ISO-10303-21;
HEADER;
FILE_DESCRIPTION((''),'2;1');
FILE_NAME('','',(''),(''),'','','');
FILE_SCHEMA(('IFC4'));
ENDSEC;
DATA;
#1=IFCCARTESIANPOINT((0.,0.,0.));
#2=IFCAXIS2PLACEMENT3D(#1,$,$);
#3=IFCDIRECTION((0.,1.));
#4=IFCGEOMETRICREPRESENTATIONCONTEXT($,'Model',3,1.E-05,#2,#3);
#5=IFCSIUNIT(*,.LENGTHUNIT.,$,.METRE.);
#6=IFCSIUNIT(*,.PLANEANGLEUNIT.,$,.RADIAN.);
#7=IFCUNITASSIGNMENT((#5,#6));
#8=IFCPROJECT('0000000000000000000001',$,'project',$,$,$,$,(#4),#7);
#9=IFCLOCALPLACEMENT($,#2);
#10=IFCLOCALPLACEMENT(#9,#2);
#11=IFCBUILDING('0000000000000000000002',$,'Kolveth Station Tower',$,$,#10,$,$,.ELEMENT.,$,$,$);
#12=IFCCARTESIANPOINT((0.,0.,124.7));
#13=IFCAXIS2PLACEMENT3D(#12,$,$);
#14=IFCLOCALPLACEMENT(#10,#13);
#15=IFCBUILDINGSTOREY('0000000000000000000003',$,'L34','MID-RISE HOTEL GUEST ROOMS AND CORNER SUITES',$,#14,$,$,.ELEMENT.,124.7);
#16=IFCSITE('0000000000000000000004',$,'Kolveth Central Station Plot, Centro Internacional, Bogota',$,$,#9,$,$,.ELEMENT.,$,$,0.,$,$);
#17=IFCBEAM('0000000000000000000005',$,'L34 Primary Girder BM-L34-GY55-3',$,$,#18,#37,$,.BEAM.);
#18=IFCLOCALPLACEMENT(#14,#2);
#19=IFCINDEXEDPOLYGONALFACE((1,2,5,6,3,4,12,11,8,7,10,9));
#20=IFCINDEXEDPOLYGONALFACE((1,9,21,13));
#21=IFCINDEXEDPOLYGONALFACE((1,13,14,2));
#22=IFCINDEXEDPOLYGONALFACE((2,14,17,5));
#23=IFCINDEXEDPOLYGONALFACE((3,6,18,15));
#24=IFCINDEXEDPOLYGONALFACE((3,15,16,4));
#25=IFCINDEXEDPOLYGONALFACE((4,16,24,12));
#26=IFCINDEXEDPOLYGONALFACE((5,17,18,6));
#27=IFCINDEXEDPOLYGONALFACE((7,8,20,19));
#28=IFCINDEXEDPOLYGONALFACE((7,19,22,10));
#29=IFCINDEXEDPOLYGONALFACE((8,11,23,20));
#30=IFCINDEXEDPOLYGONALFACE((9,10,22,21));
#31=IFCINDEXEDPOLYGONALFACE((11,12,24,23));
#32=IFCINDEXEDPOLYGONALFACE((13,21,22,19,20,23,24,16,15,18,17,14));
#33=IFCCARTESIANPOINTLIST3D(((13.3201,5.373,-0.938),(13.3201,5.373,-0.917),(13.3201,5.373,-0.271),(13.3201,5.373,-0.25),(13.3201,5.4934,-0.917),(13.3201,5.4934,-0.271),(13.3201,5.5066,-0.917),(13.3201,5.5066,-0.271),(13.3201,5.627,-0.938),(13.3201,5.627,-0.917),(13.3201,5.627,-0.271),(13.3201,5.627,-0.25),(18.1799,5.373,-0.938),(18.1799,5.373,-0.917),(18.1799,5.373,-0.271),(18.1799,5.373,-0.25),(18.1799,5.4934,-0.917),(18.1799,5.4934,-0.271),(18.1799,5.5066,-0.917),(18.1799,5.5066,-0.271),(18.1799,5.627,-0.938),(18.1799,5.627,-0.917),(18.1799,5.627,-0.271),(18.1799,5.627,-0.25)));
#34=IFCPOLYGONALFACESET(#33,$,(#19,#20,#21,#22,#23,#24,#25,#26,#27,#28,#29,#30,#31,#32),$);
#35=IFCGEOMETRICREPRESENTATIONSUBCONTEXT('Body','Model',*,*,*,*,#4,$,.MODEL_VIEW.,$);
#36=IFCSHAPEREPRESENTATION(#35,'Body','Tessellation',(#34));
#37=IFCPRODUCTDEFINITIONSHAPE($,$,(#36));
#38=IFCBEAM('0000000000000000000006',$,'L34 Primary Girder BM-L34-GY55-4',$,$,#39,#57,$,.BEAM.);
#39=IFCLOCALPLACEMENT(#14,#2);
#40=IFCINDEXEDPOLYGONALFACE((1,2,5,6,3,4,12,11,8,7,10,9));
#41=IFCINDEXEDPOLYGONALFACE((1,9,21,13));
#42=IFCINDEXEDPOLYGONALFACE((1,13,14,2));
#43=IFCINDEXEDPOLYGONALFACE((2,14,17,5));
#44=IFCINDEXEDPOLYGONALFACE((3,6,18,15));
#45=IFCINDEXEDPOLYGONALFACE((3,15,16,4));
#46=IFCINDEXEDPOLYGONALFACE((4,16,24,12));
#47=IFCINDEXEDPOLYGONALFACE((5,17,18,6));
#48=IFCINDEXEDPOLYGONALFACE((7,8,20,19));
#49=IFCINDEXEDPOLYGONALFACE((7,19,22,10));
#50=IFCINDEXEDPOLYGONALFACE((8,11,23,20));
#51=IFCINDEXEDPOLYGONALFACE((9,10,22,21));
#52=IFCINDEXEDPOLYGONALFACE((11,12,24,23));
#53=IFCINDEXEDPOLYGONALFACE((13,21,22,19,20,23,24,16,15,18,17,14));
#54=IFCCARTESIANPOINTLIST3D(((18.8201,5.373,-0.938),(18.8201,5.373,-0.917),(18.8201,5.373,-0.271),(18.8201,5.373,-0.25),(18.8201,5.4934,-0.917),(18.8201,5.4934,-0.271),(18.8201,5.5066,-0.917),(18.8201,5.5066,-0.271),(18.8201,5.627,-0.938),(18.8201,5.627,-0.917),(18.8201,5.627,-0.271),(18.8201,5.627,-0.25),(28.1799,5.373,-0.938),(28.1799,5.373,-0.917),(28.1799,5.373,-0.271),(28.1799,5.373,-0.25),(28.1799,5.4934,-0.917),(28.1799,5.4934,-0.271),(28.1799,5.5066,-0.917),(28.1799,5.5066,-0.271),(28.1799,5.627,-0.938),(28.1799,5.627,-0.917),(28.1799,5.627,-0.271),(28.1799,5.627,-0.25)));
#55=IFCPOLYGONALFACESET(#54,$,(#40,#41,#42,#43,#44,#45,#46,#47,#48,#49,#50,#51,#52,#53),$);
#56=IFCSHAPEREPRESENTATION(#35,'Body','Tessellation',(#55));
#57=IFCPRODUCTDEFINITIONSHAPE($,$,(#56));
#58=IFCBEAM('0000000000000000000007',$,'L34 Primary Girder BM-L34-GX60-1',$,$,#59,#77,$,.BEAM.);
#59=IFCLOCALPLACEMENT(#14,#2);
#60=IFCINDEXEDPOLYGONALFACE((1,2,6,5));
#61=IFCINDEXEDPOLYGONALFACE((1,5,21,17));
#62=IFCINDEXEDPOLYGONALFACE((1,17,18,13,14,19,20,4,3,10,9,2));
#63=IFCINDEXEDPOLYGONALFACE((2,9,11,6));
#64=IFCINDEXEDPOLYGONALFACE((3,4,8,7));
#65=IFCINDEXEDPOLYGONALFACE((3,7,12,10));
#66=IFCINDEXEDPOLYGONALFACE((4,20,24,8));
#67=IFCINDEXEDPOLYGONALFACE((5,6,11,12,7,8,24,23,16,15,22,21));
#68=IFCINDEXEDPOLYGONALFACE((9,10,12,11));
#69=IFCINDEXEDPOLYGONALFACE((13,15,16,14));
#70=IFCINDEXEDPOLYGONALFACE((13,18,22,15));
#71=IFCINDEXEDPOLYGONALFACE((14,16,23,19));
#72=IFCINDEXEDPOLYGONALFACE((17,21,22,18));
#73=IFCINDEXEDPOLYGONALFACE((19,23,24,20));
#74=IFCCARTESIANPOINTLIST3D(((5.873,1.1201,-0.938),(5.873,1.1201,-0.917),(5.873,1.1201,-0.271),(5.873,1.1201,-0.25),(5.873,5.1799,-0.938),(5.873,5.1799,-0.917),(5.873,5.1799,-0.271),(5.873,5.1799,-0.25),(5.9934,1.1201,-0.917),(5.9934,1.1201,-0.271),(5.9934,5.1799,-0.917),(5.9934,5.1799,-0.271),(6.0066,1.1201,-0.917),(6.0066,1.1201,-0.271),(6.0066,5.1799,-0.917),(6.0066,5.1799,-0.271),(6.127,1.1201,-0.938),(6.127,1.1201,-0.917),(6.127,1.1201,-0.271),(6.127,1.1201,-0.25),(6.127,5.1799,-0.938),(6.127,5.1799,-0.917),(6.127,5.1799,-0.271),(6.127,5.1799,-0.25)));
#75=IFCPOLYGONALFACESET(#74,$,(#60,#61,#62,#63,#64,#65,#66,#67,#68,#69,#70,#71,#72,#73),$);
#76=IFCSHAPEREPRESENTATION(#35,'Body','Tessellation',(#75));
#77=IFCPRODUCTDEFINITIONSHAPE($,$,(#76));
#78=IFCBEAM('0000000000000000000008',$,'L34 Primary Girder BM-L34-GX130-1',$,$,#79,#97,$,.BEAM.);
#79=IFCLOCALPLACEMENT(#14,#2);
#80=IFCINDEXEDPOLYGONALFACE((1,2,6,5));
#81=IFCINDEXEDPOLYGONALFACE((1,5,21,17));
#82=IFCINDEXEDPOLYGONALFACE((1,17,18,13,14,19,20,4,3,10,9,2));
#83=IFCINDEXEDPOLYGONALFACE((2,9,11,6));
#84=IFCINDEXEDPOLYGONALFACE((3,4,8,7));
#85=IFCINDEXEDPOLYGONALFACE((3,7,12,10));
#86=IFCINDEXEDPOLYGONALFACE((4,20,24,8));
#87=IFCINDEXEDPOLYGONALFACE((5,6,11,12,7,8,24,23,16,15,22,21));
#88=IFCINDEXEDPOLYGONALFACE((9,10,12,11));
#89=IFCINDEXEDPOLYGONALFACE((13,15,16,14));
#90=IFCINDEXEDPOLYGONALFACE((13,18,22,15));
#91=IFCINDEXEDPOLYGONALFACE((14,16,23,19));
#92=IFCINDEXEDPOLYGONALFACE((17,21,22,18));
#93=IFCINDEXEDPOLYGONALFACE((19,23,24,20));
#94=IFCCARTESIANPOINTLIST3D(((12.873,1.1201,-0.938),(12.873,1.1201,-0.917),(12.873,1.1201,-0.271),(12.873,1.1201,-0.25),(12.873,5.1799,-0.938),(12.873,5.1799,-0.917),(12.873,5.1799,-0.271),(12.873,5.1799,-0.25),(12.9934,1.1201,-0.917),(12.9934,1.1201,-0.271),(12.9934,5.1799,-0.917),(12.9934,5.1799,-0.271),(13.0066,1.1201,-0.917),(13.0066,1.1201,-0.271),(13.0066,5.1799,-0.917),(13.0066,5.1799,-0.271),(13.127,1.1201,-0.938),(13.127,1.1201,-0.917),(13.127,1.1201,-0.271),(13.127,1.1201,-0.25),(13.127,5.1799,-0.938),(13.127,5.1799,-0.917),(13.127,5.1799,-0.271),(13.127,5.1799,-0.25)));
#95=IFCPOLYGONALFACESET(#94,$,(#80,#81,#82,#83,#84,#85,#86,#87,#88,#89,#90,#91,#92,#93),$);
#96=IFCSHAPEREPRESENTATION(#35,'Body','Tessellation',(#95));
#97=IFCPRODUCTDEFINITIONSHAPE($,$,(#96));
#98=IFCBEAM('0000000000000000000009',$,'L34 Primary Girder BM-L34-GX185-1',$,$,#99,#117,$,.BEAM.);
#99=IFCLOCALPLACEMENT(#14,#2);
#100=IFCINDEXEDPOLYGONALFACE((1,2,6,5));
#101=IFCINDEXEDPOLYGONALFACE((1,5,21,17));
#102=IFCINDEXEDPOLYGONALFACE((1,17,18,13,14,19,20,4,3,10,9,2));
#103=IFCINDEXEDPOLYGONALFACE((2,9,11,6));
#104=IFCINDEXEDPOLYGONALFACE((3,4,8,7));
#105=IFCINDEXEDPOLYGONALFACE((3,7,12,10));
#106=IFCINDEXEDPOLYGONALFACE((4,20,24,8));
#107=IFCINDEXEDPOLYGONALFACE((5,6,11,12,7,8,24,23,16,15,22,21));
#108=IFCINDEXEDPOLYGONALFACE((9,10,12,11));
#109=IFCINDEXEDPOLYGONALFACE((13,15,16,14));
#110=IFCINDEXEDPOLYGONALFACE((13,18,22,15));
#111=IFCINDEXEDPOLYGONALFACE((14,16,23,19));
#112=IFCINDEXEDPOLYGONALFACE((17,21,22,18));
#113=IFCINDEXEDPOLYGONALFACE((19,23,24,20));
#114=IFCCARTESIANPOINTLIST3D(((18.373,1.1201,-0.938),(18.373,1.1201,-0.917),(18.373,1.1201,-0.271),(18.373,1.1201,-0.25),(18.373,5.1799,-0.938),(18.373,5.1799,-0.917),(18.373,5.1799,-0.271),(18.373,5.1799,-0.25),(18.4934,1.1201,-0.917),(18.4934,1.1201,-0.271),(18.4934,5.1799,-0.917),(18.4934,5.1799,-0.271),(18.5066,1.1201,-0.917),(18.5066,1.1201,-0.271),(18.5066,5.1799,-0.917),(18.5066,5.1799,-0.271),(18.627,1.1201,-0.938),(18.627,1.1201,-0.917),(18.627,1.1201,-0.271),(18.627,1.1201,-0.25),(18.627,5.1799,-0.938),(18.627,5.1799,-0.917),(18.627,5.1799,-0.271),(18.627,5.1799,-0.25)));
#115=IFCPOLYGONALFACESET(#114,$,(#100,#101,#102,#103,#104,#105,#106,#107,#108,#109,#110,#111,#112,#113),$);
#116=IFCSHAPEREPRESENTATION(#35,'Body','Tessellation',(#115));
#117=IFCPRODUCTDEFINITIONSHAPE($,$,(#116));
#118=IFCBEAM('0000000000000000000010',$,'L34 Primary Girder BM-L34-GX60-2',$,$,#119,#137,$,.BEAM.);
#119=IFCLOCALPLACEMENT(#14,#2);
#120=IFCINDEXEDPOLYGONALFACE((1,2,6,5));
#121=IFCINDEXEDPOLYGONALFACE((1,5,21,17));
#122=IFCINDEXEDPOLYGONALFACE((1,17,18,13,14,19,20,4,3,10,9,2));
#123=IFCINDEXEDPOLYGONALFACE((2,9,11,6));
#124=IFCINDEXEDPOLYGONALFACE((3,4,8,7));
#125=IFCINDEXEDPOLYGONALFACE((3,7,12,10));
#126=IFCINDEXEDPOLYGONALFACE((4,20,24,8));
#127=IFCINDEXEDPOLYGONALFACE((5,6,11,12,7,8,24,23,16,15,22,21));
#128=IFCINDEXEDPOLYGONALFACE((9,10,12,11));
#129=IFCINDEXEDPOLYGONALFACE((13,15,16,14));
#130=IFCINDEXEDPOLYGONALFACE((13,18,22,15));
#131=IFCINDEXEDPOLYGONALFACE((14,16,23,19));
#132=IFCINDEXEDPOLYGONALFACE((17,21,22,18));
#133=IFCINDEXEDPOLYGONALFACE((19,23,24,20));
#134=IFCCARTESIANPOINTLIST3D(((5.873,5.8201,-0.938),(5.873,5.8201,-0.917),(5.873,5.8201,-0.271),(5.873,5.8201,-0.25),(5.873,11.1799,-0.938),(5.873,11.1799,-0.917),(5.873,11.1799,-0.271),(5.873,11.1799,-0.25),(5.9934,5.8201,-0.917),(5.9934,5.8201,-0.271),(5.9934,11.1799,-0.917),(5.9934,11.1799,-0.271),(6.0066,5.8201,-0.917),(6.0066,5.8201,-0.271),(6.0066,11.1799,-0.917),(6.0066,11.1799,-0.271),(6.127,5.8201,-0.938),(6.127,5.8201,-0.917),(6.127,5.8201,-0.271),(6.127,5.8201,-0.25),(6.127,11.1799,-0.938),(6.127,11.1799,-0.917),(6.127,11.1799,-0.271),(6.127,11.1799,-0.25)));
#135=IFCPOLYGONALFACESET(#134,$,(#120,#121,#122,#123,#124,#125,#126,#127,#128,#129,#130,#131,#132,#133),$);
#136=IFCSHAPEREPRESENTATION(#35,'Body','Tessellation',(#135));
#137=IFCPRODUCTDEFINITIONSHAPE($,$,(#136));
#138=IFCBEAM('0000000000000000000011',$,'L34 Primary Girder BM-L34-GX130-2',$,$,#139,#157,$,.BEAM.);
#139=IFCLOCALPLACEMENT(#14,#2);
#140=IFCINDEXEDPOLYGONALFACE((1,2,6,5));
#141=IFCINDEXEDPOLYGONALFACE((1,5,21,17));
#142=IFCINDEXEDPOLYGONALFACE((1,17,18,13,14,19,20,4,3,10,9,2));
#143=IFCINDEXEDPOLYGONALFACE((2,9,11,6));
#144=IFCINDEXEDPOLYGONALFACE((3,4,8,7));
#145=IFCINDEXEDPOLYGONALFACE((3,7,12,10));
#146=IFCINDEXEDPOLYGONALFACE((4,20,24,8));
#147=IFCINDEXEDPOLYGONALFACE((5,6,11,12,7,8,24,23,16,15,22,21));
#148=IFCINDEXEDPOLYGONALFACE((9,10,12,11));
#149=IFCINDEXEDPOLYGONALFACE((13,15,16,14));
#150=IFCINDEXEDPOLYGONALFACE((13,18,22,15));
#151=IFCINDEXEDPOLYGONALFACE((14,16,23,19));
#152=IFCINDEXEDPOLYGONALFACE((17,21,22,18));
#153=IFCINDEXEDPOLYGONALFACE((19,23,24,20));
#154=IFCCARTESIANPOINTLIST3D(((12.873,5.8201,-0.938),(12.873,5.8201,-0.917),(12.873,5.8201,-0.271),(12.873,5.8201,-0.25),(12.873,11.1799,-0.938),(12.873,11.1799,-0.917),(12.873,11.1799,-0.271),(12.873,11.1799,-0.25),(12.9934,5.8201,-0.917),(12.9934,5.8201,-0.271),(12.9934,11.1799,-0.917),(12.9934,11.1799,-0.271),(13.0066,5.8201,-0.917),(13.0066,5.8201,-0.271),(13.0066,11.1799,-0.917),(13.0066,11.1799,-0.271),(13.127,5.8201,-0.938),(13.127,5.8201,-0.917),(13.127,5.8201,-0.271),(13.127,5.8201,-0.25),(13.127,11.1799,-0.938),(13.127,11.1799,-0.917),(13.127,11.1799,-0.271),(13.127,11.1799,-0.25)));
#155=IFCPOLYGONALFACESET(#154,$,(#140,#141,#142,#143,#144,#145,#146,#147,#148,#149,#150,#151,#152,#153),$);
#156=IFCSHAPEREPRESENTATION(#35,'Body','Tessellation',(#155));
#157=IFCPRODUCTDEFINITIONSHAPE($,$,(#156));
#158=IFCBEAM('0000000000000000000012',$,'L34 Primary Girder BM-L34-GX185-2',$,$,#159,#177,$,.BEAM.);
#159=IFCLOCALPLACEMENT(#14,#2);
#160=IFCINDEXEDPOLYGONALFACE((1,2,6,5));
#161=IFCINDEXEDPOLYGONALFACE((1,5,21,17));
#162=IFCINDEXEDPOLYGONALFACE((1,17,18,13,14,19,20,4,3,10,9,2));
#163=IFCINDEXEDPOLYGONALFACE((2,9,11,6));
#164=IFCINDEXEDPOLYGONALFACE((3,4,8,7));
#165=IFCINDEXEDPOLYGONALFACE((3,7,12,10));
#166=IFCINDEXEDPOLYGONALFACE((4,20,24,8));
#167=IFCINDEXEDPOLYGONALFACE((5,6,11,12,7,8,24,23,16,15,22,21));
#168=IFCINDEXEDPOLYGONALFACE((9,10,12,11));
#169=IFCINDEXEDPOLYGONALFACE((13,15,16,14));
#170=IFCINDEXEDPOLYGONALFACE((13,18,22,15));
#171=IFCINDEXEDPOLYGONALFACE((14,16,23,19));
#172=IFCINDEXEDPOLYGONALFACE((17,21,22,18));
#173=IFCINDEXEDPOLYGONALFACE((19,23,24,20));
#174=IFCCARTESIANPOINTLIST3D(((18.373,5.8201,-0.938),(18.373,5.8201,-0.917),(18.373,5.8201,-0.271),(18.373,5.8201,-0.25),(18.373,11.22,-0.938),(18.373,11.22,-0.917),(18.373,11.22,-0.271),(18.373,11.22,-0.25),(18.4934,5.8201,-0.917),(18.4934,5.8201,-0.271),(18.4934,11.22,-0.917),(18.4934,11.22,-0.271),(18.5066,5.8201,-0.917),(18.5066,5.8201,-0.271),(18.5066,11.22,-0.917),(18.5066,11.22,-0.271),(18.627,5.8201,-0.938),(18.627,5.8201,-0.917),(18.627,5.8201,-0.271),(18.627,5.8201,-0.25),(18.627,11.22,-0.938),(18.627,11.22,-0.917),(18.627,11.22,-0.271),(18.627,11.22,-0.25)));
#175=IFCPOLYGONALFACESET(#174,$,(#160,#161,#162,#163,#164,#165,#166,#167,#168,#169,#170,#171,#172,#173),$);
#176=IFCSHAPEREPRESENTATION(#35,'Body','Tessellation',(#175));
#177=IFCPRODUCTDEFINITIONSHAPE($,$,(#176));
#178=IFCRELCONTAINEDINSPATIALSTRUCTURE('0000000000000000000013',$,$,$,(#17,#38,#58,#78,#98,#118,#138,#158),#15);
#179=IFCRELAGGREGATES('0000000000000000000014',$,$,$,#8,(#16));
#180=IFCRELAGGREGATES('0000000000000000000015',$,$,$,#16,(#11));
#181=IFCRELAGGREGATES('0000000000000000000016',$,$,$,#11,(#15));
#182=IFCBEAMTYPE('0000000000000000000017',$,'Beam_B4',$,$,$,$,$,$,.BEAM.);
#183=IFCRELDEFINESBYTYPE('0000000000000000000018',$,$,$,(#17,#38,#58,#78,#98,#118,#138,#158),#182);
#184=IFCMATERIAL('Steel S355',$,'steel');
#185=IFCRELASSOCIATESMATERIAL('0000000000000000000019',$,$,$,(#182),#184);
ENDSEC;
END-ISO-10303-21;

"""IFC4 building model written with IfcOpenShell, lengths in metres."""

from ifc_helpers import new_model, si_unit, direction, frame, origin, origin_2d, place, context, subcontext, project, spatial, i_section, extrude, source, transform, mapped, material, material_profile, profile_set, type_object, element, save


model = new_model("IFC4")

# Units and contexts
model_context = context("Model", 3, precision=1e-05, world=origin(), true_north=direction((0.0, 1.0)))
body_context = subcontext(model_context, "Body", "Model", "MODEL_VIEW")
ifc_project = project(units=[si_unit("LENGTHUNIT", "METRE"), si_unit("PLANEANGLEUNIT", "RADIAN")], contexts=[model_context])

# Site, building, storey
site_placement = place(None, origin())
site = spatial("IfcSite", under=ifc_project, at=site_placement, Name="Kolveth Central Station Plot, Centro Internacional, Bogota", CompositionType="ELEMENT", RefElevation=0.0)
building_placement = place(site_placement, origin())
building = spatial("IfcBuilding", under=site, at=building_placement, Name="Kolveth Station Tower", CompositionType="ELEMENT")
storey_placement = place(building_placement, frame((0.0, 0.0, 124.7)))
storey = spatial("IfcBuildingStorey", under=building, at=storey_placement, Name="L34", Description="MID-RISE HOTEL GUEST ROOMS AND CORNER SUITES", CompositionType="ELEMENT", Elevation=124.7)

# Beams
ifc_material_1 = material(Name="Steel S355", Category="steel")
ifc_material_profile_1 = material_profile(ifc_material_1, i_section(OverallWidth=0.2539, OverallDepth=0.688, WebThickness=0.0132, FlangeThickness=0.021, at=origin_2d()), Name="W690x152")
ifc_profile_set_1 = profile_set([ifc_material_profile_1], Name="Steel S355")
beam_type_1 = type_object("IfcBeamType", Name="Beam_B4", PredefinedType="BEAM", material=ifc_profile_set_1)
shared_shape_1 = source(origin(), body_context, "Body", "SweptSolid", [
    extrude(i_section(OverallWidth=0.2539, OverallDepth=0.688, WebThickness=0.0132, FlangeThickness=0.021, at=origin_2d()), origin(), (0.0, 0.0, 1.0), 4.8599),
])
beam_1_placement = place(storey_placement, frame((13.3201, 5.5, -0.594), z_axis=(1.0, 0.0, 0.0), x_axis=(0.0, 1.0, 0.0)))
element("IfcBeam", 1, at=beam_1_placement, inside=storey, type_object=beam_type_1, Name="L34 Primary Girder BM-L34-GY55-3", PredefinedType="BEAM", context=body_context, shape_type="MappedRepresentation", body=[
    mapped(shared_shape_1, transform((0.0, 0.0, 0.0), x_axis=(1.0, 0.0, 0.0), y_axis=(0.0, 1.0, 0.0), z_axis=(0.0, 0.0, 1.0), scale=1.0)),
])
shared_shape_2 = source(origin(), body_context, "Body", "SweptSolid", [
    extrude(i_section(OverallWidth=0.2539, OverallDepth=0.688, WebThickness=0.0132, FlangeThickness=0.021, at=origin_2d()), origin(), (0.0, 0.0, 1.0), 9.3599),
])
beam_2_placement = place(storey_placement, frame((18.8201, 5.5, -0.594), z_axis=(1.0, 0.0, 0.0), x_axis=(0.0, 1.0, 0.0)))
element("IfcBeam", 2, at=beam_2_placement, inside=storey, type_object=beam_type_1, Name="L34 Primary Girder BM-L34-GY55-4", PredefinedType="BEAM", context=body_context, shape_type="MappedRepresentation", body=[
    mapped(shared_shape_2, transform((0.0, 0.0, 0.0), x_axis=(1.0, 0.0, 0.0), y_axis=(0.0, 1.0, 0.0), z_axis=(0.0, 0.0, 1.0), scale=1.0)),
])
shared_shape_3 = source(origin(), body_context, "Body", "SweptSolid", [
    extrude(i_section(OverallWidth=0.2539, OverallDepth=0.688, WebThickness=0.0132, FlangeThickness=0.021, at=origin_2d()), origin(), (0.0, 0.0, 1.0), 4.0598),
])
for number, where, z_axis, x_axis, name in (
    (3, (6.0, 1.1201, -0.594), (0.0, 1.0, 0.0), (-1.0, 0.0, 0.0), "L34 Primary Girder BM-L34-GX60-1"),
    (4, (13.0, 1.1201, -0.594), (0.0, 1.0, 0.0), (-1.0, 0.0, 0.0), "L34 Primary Girder BM-L34-GX130-1"),
    (5, (18.5, 1.1201, -0.594), (0.0, 1.0, 0.0), (-1.0, 0.0, 0.0), "L34 Primary Girder BM-L34-GX185-1"),
):
    element("IfcBeam", number, at=place(storey_placement, frame(where, z_axis=z_axis, x_axis=x_axis)), inside=storey, type_object=beam_type_1, Name=name, PredefinedType="BEAM", context=body_context, shape_type="MappedRepresentation", body=[
        mapped(shared_shape_3, transform((0.0, 0.0, 0.0), x_axis=(1.0, 0.0, 0.0), y_axis=(0.0, 1.0, 0.0), z_axis=(0.0, 0.0, 1.0), scale=1.0)),
    ])
shared_shape_4 = source(origin(), body_context, "Body", "SweptSolid", [
    extrude(i_section(OverallWidth=0.2539, OverallDepth=0.688, WebThickness=0.0132, FlangeThickness=0.021, at=origin_2d()), origin(), (0.0, 0.0, 1.0), 5.3599),
])
for number, where, z_axis, x_axis, name in (
    (6, (6.0, 5.8201, -0.594), (0.0, 1.0, 0.0), (-1.0, 0.0, 0.0), "L34 Primary Girder BM-L34-GX60-2"),
    (7, (13.0, 5.8201, -0.594), (0.0, 1.0, 0.0), (-1.0, 0.0, 0.0), "L34 Primary Girder BM-L34-GX130-2"),
):
    element("IfcBeam", number, at=place(storey_placement, frame(where, z_axis=z_axis, x_axis=x_axis)), inside=storey, type_object=beam_type_1, Name=name, PredefinedType="BEAM", context=body_context, shape_type="MappedRepresentation", body=[
        mapped(shared_shape_4, transform((0.0, 0.0, 0.0), x_axis=(1.0, 0.0, 0.0), y_axis=(0.0, 1.0, 0.0), z_axis=(0.0, 0.0, 1.0), scale=1.0)),
    ])
shared_shape_5 = source(origin(), body_context, "Body", "SweptSolid", [
    extrude(i_section(OverallWidth=0.2539, OverallDepth=0.688, WebThickness=0.0132, FlangeThickness=0.021, at=origin_2d()), origin(), (0.0, 0.0, 1.0), 5.3999),
])
beam_3_placement = place(storey_placement, frame((18.5, 5.8201, -0.594), z_axis=(0.0, 1.0, 0.0), x_axis=(-1.0, 0.0, 0.0)))
element("IfcBeam", 8, at=beam_3_placement, inside=storey, type_object=beam_type_1, Name="L34 Primary Girder BM-L34-GX185-2", PredefinedType="BEAM", context=body_context, shape_type="MappedRepresentation", body=[
    mapped(shared_shape_5, transform((0.0, 0.0, 0.0), x_axis=(1.0, 0.0, 0.0), y_axis=(0.0, 1.0, 0.0), z_axis=(0.0, 0.0, 1.0), scale=1.0)),
])

save(model, "model.ifc")
